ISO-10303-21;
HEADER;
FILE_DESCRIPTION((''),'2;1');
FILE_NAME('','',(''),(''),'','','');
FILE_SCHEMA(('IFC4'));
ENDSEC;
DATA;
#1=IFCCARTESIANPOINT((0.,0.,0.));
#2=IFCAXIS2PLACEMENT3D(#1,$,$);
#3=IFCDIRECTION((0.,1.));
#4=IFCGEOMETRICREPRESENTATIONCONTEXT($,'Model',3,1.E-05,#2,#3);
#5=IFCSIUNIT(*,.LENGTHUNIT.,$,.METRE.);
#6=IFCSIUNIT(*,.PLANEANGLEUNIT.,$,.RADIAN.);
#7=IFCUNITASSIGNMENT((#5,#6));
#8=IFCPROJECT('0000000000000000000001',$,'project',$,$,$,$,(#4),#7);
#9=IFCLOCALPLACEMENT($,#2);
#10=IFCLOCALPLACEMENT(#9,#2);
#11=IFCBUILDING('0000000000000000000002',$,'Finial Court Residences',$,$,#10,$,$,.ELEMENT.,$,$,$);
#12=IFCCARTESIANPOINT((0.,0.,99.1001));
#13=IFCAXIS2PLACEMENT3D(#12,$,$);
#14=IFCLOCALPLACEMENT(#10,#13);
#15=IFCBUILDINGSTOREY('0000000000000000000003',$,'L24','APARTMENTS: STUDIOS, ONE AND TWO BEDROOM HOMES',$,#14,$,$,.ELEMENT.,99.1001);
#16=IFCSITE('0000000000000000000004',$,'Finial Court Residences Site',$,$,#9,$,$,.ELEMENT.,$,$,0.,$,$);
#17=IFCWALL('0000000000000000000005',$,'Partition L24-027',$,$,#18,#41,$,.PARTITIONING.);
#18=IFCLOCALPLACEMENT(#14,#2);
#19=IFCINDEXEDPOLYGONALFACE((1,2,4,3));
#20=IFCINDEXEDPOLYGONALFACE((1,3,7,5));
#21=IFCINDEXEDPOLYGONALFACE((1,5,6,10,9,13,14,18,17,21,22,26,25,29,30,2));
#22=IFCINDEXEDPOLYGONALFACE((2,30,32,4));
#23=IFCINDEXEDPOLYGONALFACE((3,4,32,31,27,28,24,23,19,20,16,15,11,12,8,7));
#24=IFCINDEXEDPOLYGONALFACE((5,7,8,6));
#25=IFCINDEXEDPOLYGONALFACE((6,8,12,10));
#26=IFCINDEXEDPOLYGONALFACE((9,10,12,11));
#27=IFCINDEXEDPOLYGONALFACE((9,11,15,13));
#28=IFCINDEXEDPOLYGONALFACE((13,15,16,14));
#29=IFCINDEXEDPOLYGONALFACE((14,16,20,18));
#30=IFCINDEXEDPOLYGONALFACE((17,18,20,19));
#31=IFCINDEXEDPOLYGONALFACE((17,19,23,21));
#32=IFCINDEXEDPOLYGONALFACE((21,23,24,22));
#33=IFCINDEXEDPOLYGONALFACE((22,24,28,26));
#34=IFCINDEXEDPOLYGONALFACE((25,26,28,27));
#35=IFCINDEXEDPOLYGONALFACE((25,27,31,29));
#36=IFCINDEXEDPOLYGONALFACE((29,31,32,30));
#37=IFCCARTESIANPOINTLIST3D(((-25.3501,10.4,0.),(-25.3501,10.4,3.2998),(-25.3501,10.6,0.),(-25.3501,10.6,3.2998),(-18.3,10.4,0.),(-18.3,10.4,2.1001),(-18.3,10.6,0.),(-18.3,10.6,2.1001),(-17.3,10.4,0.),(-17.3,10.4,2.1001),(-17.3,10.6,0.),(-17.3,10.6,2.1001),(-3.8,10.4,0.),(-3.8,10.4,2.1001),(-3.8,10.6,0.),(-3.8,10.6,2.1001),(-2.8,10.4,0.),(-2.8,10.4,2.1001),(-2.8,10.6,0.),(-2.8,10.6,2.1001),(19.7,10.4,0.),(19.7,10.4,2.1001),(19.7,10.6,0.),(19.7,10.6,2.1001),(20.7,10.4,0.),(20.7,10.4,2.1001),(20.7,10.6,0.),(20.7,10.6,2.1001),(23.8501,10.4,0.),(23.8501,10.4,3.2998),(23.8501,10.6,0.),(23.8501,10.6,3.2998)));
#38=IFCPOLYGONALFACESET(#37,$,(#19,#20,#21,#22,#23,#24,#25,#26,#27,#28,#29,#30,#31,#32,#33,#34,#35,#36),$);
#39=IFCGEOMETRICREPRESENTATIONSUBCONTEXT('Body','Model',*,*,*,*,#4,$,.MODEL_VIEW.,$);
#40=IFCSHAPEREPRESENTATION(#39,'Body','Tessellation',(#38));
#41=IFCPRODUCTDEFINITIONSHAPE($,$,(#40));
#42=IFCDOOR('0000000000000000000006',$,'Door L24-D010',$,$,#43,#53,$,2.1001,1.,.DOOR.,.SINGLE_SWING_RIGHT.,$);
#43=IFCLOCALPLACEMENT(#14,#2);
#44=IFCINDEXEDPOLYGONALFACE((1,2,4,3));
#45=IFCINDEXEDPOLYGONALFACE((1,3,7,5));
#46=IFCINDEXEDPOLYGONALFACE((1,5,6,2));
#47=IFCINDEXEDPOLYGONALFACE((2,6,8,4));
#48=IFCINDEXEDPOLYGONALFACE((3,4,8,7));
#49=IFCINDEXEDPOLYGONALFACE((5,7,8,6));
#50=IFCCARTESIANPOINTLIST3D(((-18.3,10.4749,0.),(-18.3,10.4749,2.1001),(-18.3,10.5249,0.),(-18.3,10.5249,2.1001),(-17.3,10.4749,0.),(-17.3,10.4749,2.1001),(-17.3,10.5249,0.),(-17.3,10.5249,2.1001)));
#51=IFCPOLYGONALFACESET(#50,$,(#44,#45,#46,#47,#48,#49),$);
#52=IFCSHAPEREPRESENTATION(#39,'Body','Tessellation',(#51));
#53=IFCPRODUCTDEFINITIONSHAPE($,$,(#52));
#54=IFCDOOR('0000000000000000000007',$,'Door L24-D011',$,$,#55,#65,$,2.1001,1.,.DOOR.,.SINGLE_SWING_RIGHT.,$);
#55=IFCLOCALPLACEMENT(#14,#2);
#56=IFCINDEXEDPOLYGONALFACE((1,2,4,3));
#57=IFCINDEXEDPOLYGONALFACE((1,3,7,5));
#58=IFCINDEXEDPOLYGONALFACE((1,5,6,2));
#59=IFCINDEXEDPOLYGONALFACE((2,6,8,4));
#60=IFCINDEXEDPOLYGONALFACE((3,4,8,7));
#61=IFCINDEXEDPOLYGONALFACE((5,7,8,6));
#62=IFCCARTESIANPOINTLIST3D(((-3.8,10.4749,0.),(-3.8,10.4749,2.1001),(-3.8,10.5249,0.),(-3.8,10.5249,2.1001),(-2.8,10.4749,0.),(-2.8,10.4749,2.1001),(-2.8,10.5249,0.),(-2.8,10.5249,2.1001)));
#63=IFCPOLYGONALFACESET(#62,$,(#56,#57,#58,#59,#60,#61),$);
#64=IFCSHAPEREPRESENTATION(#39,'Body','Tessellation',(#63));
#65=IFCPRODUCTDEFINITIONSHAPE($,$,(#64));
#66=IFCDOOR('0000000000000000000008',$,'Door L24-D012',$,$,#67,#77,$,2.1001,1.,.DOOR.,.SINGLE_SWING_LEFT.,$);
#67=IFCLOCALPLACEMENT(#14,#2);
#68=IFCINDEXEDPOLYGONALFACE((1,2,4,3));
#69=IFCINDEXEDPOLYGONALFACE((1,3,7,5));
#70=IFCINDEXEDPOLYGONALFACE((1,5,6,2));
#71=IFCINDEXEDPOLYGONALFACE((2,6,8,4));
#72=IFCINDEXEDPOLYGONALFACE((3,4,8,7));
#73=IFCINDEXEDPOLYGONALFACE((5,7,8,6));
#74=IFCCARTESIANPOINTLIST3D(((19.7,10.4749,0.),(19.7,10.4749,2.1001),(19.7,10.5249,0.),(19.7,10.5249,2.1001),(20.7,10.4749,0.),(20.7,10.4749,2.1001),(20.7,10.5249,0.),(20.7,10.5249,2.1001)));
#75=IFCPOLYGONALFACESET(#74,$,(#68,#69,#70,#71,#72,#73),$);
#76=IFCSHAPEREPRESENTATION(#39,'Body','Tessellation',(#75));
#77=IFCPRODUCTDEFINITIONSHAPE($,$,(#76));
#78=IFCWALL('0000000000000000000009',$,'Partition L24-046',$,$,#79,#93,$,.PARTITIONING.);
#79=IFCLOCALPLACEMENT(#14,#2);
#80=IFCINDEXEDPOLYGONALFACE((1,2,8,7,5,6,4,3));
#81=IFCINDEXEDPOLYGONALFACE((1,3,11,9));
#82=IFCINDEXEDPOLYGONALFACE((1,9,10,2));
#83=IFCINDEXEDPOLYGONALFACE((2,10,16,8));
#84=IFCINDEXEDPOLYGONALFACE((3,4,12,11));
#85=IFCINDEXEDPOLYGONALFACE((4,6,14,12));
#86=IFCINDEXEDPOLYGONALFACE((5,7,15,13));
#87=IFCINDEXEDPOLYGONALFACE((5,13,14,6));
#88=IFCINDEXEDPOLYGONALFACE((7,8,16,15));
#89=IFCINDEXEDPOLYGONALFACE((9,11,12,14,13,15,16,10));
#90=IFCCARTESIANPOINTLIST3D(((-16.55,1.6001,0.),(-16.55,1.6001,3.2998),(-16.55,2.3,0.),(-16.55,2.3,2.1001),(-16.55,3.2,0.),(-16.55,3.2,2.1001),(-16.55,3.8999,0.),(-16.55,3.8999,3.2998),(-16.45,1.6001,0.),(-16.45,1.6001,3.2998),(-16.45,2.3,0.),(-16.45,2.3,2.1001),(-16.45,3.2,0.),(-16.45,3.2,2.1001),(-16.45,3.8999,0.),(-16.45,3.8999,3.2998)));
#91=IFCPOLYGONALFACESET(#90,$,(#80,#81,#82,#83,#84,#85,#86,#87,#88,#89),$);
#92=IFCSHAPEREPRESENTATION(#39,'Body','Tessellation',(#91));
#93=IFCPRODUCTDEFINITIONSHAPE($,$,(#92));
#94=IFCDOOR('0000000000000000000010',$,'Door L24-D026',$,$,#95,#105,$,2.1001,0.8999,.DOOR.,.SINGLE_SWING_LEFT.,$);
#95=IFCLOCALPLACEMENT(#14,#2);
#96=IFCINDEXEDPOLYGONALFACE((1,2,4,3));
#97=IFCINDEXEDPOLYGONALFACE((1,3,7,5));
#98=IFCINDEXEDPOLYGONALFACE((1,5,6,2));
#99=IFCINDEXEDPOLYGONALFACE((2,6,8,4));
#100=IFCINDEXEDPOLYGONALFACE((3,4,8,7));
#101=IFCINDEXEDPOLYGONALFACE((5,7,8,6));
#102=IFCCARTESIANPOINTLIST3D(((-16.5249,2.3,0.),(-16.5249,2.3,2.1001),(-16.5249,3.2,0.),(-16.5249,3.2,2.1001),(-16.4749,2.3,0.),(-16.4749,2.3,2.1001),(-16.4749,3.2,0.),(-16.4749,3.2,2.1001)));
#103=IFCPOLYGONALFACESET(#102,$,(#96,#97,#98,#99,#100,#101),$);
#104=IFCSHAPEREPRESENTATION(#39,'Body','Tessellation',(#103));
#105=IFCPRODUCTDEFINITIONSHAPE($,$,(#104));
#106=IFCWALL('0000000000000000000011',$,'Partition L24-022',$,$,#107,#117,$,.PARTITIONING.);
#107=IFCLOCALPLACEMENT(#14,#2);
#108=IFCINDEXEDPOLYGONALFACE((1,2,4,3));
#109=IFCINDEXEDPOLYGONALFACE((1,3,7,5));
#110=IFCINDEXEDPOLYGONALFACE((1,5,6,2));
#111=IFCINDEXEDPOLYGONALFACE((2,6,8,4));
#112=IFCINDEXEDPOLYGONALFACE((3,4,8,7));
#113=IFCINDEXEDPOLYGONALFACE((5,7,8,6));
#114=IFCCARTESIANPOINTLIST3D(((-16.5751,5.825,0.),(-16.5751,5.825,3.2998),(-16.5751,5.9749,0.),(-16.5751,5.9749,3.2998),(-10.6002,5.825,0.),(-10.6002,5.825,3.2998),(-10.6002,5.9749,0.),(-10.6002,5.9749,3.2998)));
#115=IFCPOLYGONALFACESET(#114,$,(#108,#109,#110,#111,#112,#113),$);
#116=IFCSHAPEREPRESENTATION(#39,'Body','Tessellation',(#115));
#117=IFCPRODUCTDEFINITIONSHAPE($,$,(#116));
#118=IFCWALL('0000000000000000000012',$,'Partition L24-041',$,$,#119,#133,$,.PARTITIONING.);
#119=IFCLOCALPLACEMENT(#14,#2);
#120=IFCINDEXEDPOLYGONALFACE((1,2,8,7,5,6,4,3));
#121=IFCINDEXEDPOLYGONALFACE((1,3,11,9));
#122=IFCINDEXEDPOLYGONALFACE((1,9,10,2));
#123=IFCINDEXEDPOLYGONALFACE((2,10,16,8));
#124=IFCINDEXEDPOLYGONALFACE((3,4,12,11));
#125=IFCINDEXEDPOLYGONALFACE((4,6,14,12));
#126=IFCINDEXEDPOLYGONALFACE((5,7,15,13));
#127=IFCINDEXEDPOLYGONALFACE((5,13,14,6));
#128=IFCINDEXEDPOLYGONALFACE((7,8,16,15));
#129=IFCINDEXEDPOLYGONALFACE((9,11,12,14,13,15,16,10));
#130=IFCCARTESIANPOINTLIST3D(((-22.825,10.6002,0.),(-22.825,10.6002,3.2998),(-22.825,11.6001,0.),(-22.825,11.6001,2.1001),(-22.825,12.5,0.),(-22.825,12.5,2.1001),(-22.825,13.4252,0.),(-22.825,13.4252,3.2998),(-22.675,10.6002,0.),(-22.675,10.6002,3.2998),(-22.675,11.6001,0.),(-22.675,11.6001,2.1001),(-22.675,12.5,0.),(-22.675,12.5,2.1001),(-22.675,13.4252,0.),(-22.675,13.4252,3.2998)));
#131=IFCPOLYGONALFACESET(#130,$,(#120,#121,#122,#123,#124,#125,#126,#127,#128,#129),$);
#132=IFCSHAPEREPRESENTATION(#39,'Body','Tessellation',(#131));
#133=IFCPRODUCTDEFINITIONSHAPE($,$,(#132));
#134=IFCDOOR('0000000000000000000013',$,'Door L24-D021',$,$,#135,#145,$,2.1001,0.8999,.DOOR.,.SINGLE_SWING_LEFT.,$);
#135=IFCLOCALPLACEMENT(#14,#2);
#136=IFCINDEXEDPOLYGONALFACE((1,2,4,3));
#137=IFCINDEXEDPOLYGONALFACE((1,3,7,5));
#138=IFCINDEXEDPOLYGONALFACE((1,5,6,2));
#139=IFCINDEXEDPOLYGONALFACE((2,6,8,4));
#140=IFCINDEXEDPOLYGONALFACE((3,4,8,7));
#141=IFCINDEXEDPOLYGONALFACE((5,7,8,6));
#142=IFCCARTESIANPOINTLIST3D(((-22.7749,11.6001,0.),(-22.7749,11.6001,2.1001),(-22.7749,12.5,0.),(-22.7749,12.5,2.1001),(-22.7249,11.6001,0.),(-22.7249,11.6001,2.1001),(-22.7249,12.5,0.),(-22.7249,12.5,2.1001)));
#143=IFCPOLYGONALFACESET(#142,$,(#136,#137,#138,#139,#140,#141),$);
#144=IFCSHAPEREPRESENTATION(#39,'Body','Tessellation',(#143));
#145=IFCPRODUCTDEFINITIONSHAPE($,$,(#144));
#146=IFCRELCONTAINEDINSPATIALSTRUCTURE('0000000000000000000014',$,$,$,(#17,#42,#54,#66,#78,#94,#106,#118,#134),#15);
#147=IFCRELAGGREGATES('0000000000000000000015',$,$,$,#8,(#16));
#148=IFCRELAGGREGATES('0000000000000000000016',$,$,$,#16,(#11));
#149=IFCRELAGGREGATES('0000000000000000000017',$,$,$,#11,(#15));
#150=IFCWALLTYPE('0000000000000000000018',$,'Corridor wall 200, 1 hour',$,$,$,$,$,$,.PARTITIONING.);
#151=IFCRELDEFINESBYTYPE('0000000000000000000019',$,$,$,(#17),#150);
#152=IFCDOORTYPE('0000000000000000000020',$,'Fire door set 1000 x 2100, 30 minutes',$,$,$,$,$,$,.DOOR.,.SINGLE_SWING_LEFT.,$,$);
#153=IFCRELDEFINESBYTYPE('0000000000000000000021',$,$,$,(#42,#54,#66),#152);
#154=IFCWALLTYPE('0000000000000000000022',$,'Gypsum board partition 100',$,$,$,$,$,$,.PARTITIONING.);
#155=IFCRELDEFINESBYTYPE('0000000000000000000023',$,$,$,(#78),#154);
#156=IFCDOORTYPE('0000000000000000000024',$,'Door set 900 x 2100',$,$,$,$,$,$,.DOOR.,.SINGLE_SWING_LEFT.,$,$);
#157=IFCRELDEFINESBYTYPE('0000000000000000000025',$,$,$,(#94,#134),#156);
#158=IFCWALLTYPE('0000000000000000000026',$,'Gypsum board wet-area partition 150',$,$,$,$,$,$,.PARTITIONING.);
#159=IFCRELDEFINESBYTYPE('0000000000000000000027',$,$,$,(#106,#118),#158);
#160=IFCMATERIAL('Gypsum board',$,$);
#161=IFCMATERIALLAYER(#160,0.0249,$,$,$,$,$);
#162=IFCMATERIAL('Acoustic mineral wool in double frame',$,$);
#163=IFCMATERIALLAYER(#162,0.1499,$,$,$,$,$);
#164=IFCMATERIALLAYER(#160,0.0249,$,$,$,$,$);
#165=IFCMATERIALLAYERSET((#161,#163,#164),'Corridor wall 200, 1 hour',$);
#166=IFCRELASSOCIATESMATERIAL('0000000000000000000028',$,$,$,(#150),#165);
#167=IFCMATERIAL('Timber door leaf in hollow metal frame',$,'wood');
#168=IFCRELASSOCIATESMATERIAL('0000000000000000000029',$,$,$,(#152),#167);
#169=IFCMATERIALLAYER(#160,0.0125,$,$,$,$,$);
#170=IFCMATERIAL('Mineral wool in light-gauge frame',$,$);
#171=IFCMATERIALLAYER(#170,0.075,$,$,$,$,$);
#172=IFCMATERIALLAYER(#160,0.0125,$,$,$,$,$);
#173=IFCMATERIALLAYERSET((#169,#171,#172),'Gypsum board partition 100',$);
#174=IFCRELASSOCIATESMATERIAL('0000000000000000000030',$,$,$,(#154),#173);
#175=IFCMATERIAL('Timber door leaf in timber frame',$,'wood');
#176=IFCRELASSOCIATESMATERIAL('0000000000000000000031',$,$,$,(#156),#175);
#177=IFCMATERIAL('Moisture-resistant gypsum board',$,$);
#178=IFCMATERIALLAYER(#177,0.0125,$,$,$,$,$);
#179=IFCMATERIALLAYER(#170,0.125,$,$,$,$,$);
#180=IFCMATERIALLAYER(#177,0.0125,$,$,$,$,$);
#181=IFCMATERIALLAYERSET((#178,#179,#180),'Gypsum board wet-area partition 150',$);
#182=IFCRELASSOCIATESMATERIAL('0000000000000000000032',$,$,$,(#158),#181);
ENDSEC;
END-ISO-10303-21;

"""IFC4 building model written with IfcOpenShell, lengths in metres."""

from ifc_helpers import new_model, si_unit, direction, frame, frame_2d, origin, place, context, subcontext, project, spatial, rectangle, extrude, material, layer, layer_set, type_object, element, fill, save


model = new_model("IFC4")

# Units and contexts
model_context = context("Model", 3, precision=1e-05, world=origin(), true_north=direction((0.0, 1.0)))
body_context = subcontext(model_context, "Body", "Model", "MODEL_VIEW")
ifc_project = project(units=[si_unit("LENGTHUNIT", "METRE"), si_unit("PLANEANGLEUNIT", "RADIAN")], contexts=[model_context])

# Site, building, storey
site_placement = place(None, origin())
site = spatial("IfcSite", under=ifc_project, at=site_placement, Name="Finial Court Residences Site", CompositionType="ELEMENT", RefElevation=0.0)
building_placement = place(site_placement, origin())
building = spatial("IfcBuilding", under=site, at=building_placement, Name="Finial Court Residences", CompositionType="ELEMENT")
storey_placement = place(building_placement, frame((0.0, 0.0, 99.1001)))
storey = spatial("IfcBuildingStorey", under=building, at=storey_placement, Name="L24", Description="APARTMENTS: STUDIOS, ONE AND TWO BEDROOM HOMES", CompositionType="ELEMENT", Elevation=99.1001)

# Shared definitions
ifc_material_1 = material(Name="Gypsum board")
ifc_layer_1 = layer(ifc_material_1, 0.0249)
ifc_material_2 = material(Name="Acoustic mineral wool in double frame")
ifc_layer_2 = layer(ifc_material_2, 0.1499)
ifc_layer_3 = layer(ifc_material_1, 0.0249)
ifc_layer_set_1 = layer_set([ifc_layer_1, ifc_layer_2, ifc_layer_3], Name="Corridor wall 200, 1 hour")
wall_type_1 = type_object("IfcWallType", Name="Corridor wall 200, 1 hour", PredefinedType="PARTITIONING", material=ifc_layer_set_1)

# Wall, openings, doors
wall_1_placement = place(storey_placement, frame((-25.3501, 10.5, 0.0), z_axis=(0.0, 0.0, 1.0), x_axis=(1.0, 0.0, 0.0)))
wall_1 = element("IfcWall", 1, at=wall_1_placement, inside=storey, type_object=wall_type_1, Name="Partition L24-027", PredefinedType="PARTITIONING", context=body_context, shape_type="SweptSolid", body=[
    extrude(rectangle(XDim=49.2002, YDim=0.2, at=frame_2d((24.6001, 0.0))), origin(), (0.0, 0.0, 1.0), 3.2998),
])
opening_1_placement = place(wall_1_placement, frame((7.05, 0.0, 0.0)))
opening_1 = element("IfcOpeningElement", 2, at=opening_1_placement, cuts=wall_1, PredefinedType="OPENING", context=body_context, shape_type="SweptSolid", body=[
    extrude(rectangle(XDim=1.0, YDim=2.1001, at=frame_2d((0.5, 1.05))), frame((0.0, 0.1099, 0.0), z_axis=(0.0, -1.0, 0.0), x_axis=(1.0, 0.0, 0.0)), (0.0, 0.0, 1.0), 0.22),
])
opening_2_placement = place(wall_1_placement, frame((21.55, 0.0, 0.0)))
opening_2 = element("IfcOpeningElement", 3, at=opening_2_placement, cuts=wall_1, PredefinedType="OPENING", context=body_context, shape_type="SweptSolid", body=[
    extrude(rectangle(XDim=1.0, YDim=2.1001, at=frame_2d((0.5, 1.05))), frame((0.0, 0.1099, 0.0), z_axis=(0.0, -1.0, 0.0), x_axis=(1.0, 0.0, 0.0)), (0.0, 0.0, 1.0), 0.22),
])
opening_3_placement = place(wall_1_placement, frame((45.05, 0.0, 0.0)))
opening_3 = element("IfcOpeningElement", 4, at=opening_3_placement, cuts=wall_1, PredefinedType="OPENING", context=body_context, shape_type="SweptSolid", body=[
    extrude(rectangle(XDim=1.0, YDim=2.1001, at=frame_2d((0.5, 1.05))), frame((0.0, 0.1099, 0.0), z_axis=(0.0, -1.0, 0.0), x_axis=(1.0, 0.0, 0.0)), (0.0, 0.0, 1.0), 0.22),
])
ifc_material_3 = material(Name="Timber door leaf in hollow metal frame", Category="wood")
door_type_1 = type_object("IfcDoorType", Name="Fire door set 1000 x 2100, 30 minutes", OperationType="SINGLE_SWING_LEFT", PredefinedType="DOOR", material=ifc_material_3)
door_1_placement = place(opening_1_placement, origin())
door_1 = element("IfcDoor", 5, at=door_1_placement, inside=storey, type_object=door_type_1, Name="Door L24-D010", OperationType="SINGLE_SWING_RIGHT", OverallHeight=2.1001, OverallWidth=1.0, PredefinedType="DOOR", context=body_context, shape_type="SweptSolid", body=[
    extrude(rectangle(XDim=1.0, YDim=2.1001, at=frame_2d((0.5, 1.05))), frame((0.0, 0.0249, 0.0), z_axis=(0.0, -1.0, 0.0), x_axis=(1.0, 0.0, 0.0)), (0.0, 0.0, 1.0), 0.05),
])
fill(opening_1, door_1)
door_2_placement = place(opening_2_placement, origin())
door_2 = element("IfcDoor", 6, at=door_2_placement, inside=storey, type_object=door_type_1, Name="Door L24-D011", OperationType="SINGLE_SWING_RIGHT", OverallHeight=2.1001, OverallWidth=1.0, PredefinedType="DOOR", context=body_context, shape_type="SweptSolid", body=[
    extrude(rectangle(XDim=1.0, YDim=2.1001, at=frame_2d((0.5, 1.05))), frame((0.0, 0.0249, 0.0), z_axis=(0.0, -1.0, 0.0), x_axis=(1.0, 0.0, 0.0)), (0.0, 0.0, 1.0), 0.05),
])
fill(opening_2, door_2)
door_3_placement = place(opening_3_placement, origin())
door_3 = element("IfcDoor", 7, at=door_3_placement, inside=storey, type_object=door_type_1, Name="Door L24-D012", OperationType="SINGLE_SWING_LEFT", OverallHeight=2.1001, OverallWidth=1.0, PredefinedType="DOOR", context=body_context, shape_type="SweptSolid", body=[
    extrude(rectangle(XDim=1.0, YDim=2.1001, at=frame_2d((0.5, 1.05))), frame((0.0, 0.0249, 0.0), z_axis=(0.0, -1.0, 0.0), x_axis=(1.0, 0.0, 0.0)), (0.0, 0.0, 1.0), 0.05),
])
fill(opening_3, door_3)

# Wall, opening, door
ifc_layer_4 = layer(ifc_material_1, 0.0125)
ifc_material_4 = material(Name="Mineral wool in light-gauge frame")
ifc_layer_5 = layer(ifc_material_4, 0.075)
ifc_layer_6 = layer(ifc_material_1, 0.0125)
ifc_layer_set_2 = layer_set([ifc_layer_4, ifc_layer_5, ifc_layer_6], Name="Gypsum board partition 100")
wall_type_2 = type_object("IfcWallType", Name="Gypsum board partition 100", PredefinedType="PARTITIONING", material=ifc_layer_set_2)
wall_2_placement = place(storey_placement, frame((-16.5, 1.6001, 0.0), z_axis=(0.0, 0.0, 1.0), x_axis=(0.0, 1.0, 0.0)))
wall_2 = element("IfcWall", 8, at=wall_2_placement, inside=storey, type_object=wall_type_2, Name="Partition L24-046", PredefinedType="PARTITIONING", context=body_context, shape_type="SweptSolid", body=[
    extrude(rectangle(XDim=2.2998, YDim=0.1001, at=frame_2d((1.1499, 0.0))), origin(), (0.0, 0.0, 1.0), 3.2998),
])
opening_4_placement = place(wall_2_placement, frame((0.7, 0.0, 0.0)))
opening_4 = element("IfcOpeningElement", 9, at=opening_4_placement, cuts=wall_2, PredefinedType="OPENING", context=body_context, shape_type="SweptSolid", body=[
    extrude(rectangle(XDim=0.8999, YDim=2.1001, at=frame_2d((0.45, 1.05))), frame((0.0, 0.0601, 0.0), z_axis=(0.0, -1.0, 0.0), x_axis=(1.0, 0.0, 0.0)), (0.0, 0.0, 1.0), 0.1201),
])
ifc_material_5 = material(Name="Timber door leaf in timber frame", Category="wood")
door_type_2 = type_object("IfcDoorType", Name="Door set 900 x 2100", OperationType="SINGLE_SWING_LEFT", PredefinedType="DOOR", material=ifc_material_5)
door_4_placement = place(opening_4_placement, origin())
door_4 = element("IfcDoor", 10, at=door_4_placement, inside=storey, type_object=door_type_2, Name="Door L24-D026", OperationType="SINGLE_SWING_LEFT", OverallHeight=2.1001, OverallWidth=0.8999, PredefinedType="DOOR", context=body_context, shape_type="SweptSolid", body=[
    extrude(rectangle(XDim=0.8999, YDim=2.1001, at=frame_2d((0.45, 1.05))), frame((0.0, 0.0249, 0.0), z_axis=(0.0, -1.0, 0.0), x_axis=(1.0, 0.0, 0.0)), (0.0, 0.0, 1.0), 0.05),
])
fill(opening_4, door_4)

# Wall
ifc_material_6 = material(Name="Moisture-resistant gypsum board")
ifc_layer_7 = layer(ifc_material_6, 0.0125)
ifc_layer_8 = layer(ifc_material_4, 0.125)
ifc_layer_9 = layer(ifc_material_6, 0.0125)
ifc_layer_set_3 = layer_set([ifc_layer_7, ifc_layer_8, ifc_layer_9], Name="Gypsum board wet-area partition 150")
wall_type_3 = type_object("IfcWallType", Name="Gypsum board wet-area partition 150", PredefinedType="PARTITIONING", material=ifc_layer_set_3)
wall_3_placement = place(storey_placement, frame((-16.575, 5.8999, 0.0), z_axis=(0.0, 0.0, 1.0), x_axis=(1.0, 0.0, 0.0)))
element("IfcWall", 11, at=wall_3_placement, inside=storey, type_object=wall_type_3, Name="Partition L24-022", PredefinedType="PARTITIONING", context=body_context, shape_type="SweptSolid", body=[
    extrude(rectangle(XDim=5.9749, YDim=0.1499, at=frame_2d((2.9873, 0.0))), origin(), (0.0, 0.0, 1.0), 3.2998),
])

# Wall, opening, door
wall_4_placement = place(storey_placement, frame((-22.75, 10.6001, 0.0), z_axis=(0.0, 0.0, 1.0), x_axis=(0.0, 1.0, 0.0)))
wall_4 = element("IfcWall", 12, at=wall_4_placement, inside=storey, type_object=wall_type_3, Name="Partition L24-041", PredefinedType="PARTITIONING", context=body_context, shape_type="SweptSolid", body=[
    extrude(rectangle(XDim=2.825, YDim=0.1499, at=frame_2d((1.4126, 0.0))), origin(), (0.0, 0.0, 1.0), 3.2998),
])
opening_5_placement = place(wall_4_placement, frame((1.0, 0.0, 0.0)))
opening_5 = element("IfcOpeningElement", 13, at=opening_5_placement, cuts=wall_4, PredefinedType="OPENING", context=body_context, shape_type="SweptSolid", body=[
    extrude(rectangle(XDim=0.8999, YDim=2.1001, at=frame_2d((0.45, 1.05))), frame((0.0, 0.085, 0.0), z_axis=(0.0, -1.0, 0.0), x_axis=(1.0, 0.0, 0.0)), (0.0, 0.0, 1.0), 0.1699),
])
door_5_placement = place(opening_5_placement, origin())
door_5 = element("IfcDoor", 14, at=door_5_placement, inside=storey, type_object=door_type_2, Name="Door L24-D021", OperationType="SINGLE_SWING_LEFT", OverallHeight=2.1001, OverallWidth=0.8999, PredefinedType="DOOR", context=body_context, shape_type="SweptSolid", body=[
    extrude(rectangle(XDim=0.8999, YDim=2.1001, at=frame_2d((0.45, 1.05))), frame((0.0, 0.0249, 0.0), z_axis=(0.0, -1.0, 0.0), x_axis=(1.0, 0.0, 0.0)), (0.0, 0.0, 1.0), 0.05),
])
fill(opening_5, door_5)

save(model, "model.ifc")
